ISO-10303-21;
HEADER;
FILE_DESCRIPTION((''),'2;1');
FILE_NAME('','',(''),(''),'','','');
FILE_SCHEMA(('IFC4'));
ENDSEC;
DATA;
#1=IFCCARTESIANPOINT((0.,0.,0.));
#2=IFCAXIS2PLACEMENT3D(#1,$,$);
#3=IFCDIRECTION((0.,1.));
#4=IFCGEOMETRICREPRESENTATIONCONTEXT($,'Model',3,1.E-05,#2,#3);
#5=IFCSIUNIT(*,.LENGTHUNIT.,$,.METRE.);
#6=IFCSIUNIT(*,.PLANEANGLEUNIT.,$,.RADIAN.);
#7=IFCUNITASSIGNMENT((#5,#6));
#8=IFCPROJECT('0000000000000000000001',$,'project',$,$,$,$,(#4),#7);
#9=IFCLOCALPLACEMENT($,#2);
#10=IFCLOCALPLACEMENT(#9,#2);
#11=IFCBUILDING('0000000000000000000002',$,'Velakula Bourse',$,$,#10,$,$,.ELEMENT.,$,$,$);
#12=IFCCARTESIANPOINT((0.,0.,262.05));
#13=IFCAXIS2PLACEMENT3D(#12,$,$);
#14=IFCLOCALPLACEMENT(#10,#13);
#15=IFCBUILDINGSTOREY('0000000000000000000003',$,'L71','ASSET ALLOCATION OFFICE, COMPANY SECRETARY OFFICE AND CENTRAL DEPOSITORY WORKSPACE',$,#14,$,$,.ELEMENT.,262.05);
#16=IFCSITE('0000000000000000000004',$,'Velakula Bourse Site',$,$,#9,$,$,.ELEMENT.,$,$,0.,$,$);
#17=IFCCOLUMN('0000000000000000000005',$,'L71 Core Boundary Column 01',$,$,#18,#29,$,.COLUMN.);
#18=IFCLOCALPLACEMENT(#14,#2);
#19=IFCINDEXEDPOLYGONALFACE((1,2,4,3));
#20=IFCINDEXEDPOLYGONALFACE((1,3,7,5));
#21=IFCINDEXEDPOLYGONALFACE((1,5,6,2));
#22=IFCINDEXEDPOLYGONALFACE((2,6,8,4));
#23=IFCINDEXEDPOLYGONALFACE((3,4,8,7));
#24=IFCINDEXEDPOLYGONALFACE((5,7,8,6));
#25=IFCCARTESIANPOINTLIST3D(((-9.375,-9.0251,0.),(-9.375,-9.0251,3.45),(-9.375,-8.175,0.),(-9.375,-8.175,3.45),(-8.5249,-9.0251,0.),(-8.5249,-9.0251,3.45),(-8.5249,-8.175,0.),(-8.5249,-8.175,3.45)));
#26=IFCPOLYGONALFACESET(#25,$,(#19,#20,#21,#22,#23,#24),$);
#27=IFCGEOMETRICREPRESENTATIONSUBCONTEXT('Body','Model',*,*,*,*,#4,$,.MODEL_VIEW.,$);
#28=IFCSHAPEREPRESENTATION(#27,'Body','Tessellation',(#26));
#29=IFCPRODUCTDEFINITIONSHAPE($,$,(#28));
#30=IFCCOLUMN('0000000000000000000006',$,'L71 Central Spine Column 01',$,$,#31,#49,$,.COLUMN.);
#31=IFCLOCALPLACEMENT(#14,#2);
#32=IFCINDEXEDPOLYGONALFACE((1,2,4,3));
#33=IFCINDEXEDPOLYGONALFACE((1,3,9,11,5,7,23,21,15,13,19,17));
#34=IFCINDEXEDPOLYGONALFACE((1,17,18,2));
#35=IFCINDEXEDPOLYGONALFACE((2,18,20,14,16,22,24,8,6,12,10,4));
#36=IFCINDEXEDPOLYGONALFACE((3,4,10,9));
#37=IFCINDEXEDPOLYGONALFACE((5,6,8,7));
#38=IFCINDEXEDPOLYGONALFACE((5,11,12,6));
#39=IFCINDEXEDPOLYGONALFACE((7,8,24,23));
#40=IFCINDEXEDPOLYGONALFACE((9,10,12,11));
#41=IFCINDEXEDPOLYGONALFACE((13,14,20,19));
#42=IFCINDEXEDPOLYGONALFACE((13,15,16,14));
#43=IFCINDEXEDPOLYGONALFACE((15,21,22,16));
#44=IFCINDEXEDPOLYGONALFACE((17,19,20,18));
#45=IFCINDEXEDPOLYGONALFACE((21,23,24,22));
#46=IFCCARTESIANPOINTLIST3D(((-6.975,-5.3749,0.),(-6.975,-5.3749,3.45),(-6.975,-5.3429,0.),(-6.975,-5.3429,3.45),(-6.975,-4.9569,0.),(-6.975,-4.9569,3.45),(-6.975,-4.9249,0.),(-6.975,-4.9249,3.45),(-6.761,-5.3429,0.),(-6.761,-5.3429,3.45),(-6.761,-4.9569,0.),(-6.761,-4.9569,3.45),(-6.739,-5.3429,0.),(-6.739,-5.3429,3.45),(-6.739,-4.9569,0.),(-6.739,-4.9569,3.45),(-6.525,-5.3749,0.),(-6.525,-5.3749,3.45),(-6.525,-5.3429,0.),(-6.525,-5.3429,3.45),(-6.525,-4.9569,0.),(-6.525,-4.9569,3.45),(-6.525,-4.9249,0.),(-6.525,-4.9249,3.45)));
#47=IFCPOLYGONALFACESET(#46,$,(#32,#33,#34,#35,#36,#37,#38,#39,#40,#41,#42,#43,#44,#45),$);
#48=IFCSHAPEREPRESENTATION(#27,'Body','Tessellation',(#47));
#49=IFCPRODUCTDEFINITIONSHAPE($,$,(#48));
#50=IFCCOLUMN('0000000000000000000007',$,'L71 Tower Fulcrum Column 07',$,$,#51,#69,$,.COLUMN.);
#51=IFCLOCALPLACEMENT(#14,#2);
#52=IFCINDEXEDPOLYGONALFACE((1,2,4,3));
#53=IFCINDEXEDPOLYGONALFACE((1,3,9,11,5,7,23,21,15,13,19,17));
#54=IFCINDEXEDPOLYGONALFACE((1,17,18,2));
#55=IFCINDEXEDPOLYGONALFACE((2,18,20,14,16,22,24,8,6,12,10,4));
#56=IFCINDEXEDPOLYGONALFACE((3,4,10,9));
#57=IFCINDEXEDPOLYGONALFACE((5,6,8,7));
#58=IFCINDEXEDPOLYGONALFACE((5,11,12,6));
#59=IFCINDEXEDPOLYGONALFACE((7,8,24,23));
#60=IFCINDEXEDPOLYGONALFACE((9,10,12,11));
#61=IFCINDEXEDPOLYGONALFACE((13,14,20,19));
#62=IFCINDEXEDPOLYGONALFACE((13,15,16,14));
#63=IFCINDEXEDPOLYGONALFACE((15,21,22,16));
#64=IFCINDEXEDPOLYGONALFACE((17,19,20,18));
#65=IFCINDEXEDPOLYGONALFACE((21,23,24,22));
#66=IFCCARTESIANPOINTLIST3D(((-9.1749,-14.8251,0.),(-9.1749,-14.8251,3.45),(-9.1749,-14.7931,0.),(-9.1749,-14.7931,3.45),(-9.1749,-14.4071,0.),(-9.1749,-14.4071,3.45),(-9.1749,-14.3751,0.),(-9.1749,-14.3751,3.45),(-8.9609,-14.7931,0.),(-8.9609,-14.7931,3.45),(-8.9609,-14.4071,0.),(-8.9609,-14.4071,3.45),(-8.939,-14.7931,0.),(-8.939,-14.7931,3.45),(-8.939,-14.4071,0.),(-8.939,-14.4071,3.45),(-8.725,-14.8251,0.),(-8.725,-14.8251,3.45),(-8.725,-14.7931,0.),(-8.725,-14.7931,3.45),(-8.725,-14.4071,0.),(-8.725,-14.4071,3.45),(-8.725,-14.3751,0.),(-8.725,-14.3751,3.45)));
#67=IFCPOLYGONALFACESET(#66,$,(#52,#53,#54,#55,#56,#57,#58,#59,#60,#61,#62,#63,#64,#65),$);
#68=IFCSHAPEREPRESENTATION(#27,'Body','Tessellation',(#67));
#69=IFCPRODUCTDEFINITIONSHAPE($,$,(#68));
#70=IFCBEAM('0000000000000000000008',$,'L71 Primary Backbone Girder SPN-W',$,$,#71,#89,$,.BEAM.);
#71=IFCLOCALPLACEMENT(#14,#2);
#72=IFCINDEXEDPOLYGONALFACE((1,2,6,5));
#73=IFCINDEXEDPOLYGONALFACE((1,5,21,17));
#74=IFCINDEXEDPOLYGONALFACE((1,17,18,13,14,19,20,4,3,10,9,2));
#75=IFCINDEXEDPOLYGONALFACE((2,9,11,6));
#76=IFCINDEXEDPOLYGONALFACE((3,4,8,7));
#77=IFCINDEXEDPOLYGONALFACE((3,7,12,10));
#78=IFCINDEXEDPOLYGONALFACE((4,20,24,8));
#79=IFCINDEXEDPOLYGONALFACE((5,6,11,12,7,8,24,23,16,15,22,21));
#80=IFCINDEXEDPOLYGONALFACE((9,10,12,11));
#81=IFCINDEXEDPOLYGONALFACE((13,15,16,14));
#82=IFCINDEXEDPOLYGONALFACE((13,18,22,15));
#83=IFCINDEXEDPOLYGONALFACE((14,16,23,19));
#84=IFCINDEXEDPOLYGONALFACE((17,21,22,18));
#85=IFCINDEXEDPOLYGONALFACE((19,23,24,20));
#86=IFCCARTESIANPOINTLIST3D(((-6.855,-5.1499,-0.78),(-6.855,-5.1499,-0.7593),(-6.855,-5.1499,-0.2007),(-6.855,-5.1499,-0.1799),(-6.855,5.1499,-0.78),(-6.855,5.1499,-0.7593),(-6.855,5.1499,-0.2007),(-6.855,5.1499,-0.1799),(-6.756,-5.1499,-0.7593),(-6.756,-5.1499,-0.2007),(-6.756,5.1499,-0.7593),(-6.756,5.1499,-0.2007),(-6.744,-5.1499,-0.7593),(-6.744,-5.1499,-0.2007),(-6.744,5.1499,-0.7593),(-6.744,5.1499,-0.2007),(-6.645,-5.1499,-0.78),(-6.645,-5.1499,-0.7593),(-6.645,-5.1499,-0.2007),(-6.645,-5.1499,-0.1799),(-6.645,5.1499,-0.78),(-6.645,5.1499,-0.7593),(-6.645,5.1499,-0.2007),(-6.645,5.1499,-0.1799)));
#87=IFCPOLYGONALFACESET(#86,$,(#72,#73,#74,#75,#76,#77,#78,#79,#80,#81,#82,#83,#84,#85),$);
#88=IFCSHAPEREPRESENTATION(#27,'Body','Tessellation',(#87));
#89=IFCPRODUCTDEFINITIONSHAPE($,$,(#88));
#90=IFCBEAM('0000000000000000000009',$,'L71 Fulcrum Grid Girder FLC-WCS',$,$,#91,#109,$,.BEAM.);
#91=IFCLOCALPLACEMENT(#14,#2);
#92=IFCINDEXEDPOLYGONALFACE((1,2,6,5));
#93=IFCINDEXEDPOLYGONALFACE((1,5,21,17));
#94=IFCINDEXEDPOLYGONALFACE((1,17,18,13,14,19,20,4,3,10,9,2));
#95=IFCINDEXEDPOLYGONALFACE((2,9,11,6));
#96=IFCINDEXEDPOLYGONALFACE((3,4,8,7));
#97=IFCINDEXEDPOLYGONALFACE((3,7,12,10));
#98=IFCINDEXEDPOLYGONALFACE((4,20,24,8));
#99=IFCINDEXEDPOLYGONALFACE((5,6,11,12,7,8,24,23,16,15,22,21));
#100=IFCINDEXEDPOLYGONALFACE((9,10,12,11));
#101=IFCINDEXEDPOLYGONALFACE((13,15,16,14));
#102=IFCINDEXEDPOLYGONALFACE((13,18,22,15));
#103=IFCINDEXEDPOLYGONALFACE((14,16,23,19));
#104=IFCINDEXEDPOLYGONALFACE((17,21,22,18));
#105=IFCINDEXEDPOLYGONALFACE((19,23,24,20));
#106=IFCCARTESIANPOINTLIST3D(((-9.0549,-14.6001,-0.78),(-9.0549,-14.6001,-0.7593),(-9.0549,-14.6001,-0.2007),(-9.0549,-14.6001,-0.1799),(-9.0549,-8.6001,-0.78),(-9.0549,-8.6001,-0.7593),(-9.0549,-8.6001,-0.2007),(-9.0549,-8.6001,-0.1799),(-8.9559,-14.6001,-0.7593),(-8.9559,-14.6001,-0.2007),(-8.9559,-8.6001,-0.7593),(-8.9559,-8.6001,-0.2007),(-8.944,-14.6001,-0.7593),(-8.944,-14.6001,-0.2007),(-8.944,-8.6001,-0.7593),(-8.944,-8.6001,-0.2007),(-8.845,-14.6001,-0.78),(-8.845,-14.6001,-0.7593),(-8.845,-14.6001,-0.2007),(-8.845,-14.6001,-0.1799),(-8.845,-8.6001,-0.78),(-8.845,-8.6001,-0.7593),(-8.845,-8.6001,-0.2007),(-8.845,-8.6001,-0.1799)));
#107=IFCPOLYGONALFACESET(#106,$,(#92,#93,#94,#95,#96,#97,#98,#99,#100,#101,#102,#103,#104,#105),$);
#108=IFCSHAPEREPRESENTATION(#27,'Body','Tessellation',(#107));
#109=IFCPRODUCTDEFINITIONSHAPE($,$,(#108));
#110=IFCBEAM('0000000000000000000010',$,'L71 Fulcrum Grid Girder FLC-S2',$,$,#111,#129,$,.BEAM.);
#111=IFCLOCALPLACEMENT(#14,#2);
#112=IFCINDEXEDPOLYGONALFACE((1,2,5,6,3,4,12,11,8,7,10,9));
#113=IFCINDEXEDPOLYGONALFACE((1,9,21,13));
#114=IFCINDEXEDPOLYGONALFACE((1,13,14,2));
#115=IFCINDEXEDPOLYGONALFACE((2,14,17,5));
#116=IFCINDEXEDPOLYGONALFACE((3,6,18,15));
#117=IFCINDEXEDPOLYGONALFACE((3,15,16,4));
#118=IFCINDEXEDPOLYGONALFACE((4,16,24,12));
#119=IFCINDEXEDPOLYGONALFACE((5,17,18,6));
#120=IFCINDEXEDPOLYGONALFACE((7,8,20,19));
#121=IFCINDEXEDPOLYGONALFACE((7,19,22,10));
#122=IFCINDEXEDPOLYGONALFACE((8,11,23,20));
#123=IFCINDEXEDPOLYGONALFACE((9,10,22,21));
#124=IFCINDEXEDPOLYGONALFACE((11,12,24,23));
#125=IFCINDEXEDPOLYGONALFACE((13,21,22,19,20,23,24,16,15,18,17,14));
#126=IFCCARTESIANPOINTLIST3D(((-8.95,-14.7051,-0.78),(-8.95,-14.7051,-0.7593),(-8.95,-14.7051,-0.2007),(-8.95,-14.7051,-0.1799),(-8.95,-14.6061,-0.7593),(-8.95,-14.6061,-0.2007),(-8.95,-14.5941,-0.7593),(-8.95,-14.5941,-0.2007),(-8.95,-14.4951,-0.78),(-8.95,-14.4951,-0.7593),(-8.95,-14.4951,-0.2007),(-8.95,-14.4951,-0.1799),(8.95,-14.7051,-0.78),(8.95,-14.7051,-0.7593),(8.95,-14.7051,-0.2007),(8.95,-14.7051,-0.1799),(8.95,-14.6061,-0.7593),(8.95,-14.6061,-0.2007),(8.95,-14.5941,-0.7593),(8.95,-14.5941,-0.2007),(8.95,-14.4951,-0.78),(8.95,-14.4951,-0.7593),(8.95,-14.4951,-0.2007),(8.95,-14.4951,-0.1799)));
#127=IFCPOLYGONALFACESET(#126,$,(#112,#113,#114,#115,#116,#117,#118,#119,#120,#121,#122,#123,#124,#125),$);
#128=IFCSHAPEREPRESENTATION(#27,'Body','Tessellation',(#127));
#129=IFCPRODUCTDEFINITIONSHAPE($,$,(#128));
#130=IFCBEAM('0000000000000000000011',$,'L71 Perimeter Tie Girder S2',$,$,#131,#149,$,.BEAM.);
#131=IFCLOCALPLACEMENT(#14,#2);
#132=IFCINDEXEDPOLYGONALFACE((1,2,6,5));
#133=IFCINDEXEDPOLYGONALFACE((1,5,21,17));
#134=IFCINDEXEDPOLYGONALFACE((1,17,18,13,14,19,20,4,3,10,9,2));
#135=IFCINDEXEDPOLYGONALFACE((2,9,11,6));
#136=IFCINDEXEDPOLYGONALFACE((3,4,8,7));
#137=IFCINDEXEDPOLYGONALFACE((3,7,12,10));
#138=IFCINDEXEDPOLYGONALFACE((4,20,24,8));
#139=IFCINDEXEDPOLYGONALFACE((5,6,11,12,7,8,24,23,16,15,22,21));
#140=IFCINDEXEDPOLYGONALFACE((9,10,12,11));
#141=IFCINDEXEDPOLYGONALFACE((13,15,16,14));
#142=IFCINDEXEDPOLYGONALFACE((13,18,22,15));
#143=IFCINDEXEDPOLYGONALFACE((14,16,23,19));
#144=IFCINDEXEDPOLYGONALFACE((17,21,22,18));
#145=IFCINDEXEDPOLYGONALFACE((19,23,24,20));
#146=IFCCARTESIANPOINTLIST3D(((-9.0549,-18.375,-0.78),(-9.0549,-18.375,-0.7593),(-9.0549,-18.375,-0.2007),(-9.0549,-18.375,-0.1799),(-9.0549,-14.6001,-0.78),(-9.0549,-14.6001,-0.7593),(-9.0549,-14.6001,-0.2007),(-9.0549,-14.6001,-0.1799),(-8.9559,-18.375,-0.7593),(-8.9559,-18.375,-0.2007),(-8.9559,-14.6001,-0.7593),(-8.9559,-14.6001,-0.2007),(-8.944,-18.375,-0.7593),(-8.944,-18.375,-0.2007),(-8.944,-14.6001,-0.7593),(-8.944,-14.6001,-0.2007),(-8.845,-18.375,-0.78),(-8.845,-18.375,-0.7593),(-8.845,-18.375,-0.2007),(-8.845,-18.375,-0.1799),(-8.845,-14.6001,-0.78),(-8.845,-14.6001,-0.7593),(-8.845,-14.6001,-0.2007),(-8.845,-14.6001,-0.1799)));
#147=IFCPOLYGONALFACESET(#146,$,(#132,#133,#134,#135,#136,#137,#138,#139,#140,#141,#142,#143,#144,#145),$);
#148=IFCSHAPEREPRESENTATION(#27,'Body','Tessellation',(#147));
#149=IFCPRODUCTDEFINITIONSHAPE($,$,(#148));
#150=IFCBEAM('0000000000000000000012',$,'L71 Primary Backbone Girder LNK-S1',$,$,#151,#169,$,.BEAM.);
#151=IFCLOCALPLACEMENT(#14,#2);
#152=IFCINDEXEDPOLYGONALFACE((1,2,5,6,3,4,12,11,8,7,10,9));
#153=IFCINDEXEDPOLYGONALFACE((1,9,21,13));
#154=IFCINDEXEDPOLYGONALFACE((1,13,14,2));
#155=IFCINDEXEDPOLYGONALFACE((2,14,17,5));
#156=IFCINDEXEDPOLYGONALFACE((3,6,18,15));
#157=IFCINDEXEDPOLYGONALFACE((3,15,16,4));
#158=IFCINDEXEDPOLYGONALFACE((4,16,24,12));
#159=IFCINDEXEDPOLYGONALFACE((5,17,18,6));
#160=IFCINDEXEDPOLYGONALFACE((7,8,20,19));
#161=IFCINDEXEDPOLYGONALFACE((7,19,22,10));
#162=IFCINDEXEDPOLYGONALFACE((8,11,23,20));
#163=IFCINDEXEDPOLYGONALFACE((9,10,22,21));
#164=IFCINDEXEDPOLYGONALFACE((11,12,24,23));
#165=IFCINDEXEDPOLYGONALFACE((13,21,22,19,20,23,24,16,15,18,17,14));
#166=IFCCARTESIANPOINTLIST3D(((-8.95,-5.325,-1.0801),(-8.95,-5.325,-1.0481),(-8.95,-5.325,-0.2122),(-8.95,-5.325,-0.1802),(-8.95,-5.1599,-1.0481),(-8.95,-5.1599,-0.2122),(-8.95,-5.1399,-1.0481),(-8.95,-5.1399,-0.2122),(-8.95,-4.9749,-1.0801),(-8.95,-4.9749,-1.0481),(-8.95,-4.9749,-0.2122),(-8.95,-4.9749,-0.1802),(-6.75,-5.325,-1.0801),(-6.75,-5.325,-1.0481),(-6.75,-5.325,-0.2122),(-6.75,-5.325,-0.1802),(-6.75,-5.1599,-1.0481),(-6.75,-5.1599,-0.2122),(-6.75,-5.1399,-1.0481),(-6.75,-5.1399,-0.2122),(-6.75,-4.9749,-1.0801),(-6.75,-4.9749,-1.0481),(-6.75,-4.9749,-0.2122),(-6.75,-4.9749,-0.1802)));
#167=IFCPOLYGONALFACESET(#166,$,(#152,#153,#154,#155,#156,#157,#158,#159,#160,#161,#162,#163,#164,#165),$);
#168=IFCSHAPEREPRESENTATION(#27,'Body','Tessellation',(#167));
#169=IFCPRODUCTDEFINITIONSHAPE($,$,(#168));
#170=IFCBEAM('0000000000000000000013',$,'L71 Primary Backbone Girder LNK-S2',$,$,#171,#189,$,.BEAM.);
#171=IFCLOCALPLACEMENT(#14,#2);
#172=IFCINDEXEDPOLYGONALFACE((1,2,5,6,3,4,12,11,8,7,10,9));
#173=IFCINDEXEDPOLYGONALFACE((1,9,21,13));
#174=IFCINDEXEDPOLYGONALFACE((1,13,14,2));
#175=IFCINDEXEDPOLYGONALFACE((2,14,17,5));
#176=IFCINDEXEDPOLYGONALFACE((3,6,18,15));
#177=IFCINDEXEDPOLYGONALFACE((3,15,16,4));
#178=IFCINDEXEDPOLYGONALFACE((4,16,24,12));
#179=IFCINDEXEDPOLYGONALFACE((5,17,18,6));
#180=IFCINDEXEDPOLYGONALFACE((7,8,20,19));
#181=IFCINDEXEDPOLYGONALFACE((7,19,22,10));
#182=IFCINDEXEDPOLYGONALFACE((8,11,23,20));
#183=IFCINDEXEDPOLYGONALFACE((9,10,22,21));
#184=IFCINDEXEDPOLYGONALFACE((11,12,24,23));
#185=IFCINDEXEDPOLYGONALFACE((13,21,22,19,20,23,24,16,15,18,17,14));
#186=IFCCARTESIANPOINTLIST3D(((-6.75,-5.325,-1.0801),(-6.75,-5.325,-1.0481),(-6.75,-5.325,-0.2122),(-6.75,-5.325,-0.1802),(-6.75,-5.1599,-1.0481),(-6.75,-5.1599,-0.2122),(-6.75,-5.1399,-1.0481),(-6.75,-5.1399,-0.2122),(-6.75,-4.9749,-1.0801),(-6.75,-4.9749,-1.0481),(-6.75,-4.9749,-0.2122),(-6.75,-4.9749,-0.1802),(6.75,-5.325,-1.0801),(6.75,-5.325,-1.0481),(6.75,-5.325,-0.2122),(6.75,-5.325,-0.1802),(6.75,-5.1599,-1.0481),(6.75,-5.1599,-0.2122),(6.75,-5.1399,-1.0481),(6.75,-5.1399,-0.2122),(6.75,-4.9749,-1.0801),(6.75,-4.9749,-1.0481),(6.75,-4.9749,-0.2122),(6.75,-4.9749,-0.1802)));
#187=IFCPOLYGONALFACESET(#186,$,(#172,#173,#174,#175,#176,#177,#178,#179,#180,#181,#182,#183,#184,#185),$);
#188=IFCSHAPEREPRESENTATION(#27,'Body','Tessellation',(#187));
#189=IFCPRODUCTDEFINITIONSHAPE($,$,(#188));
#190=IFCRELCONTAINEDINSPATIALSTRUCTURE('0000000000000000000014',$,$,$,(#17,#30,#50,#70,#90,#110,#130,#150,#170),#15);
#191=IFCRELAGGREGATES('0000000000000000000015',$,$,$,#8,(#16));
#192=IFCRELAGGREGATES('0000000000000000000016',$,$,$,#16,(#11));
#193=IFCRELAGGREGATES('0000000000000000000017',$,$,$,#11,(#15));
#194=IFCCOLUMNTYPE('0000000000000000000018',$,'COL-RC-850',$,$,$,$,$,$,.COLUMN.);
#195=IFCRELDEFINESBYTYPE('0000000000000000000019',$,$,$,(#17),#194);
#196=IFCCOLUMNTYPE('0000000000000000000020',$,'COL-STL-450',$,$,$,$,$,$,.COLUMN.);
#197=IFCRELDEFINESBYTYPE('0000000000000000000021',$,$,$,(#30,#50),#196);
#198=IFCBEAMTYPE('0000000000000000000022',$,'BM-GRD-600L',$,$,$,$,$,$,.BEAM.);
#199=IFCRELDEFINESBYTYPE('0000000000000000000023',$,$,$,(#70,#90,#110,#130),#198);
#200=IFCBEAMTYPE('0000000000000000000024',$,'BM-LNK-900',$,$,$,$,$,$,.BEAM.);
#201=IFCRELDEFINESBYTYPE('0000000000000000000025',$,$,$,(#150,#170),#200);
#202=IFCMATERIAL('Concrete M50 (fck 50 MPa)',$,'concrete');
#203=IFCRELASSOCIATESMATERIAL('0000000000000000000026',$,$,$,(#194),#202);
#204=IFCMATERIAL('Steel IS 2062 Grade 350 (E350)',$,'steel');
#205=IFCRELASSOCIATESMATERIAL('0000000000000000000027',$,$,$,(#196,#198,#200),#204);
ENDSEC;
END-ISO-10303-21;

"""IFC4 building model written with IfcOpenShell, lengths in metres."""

from ifc_helpers import new_model, si_unit, direction, frame, origin, origin_2d, place, context, subcontext, project, spatial, rectangle, i_section, extrude, material, material_profile, profile_set, type_object, element, save


model = new_model("IFC4")

# Units and contexts
model_context = context("Model", 3, precision=1e-05, world=origin(), true_north=direction((0.0, 1.0)))
body_context = subcontext(model_context, "Body", "Model", "MODEL_VIEW")
ifc_project = project(units=[si_unit("LENGTHUNIT", "METRE"), si_unit("PLANEANGLEUNIT", "RADIAN")], contexts=[model_context])

# Site, building, storey
site_placement = place(None, origin())
site = spatial("IfcSite", under=ifc_project, at=site_placement, Name="Velakula Bourse Site", CompositionType="ELEMENT", RefElevation=0.0)
building_placement = place(site_placement, origin())
building = spatial("IfcBuilding", under=site, at=building_placement, Name="Velakula Bourse", CompositionType="ELEMENT")
storey_placement = place(building_placement, frame((0.0, 0.0, 262.05)))
storey = spatial("IfcBuildingStorey", under=building, at=storey_placement, Name="L71", Description="ASSET ALLOCATION OFFICE, COMPANY SECRETARY OFFICE AND CENTRAL DEPOSITORY WORKSPACE", CompositionType="ELEMENT", Elevation=262.05)

# Columns
ifc_material_1 = material(Name="Concrete M50 (fck 50 MPa)", Category="concrete")
ifc_material_profile_1 = material_profile(ifc_material_1, rectangle(XDim=0.8501, YDim=0.8501, at=origin_2d()), Name="Concrete M50 (fck 50 MPa)")
ifc_profile_set_1 = profile_set([ifc_material_profile_1], Name="Concrete M50 (fck 50 MPa)")
column_type_1 = type_object("IfcColumnType", Name="COL-RC-850", PredefinedType="COLUMN", material=ifc_profile_set_1)
column_placement = place(storey_placement, frame((-8.95, -8.6001, 0.0), z_axis=(0.0, 0.0, 1.0), x_axis=(1.0, 0.0, 0.0)))
element("IfcColumn", 1, at=column_placement, inside=storey, type_object=column_type_1, Name="L71 Core Boundary Column 01", PredefinedType="COLUMN", context=body_context, shape_type="SweptSolid", body=[
    extrude(rectangle(XDim=0.8501, YDim=0.8501, at=origin_2d()), origin(), (0.0, 0.0, 1.0), 3.45),
])
ifc_material_2 = material(Name="Steel IS 2062 Grade 350 (E350)", Category="steel")
ifc_material_profile_2 = material_profile(ifc_material_2, i_section(OverallWidth=0.45, OverallDepth=0.45, WebThickness=0.022, FlangeThickness=0.032, at=origin_2d()), Name="Steel IS 2062 Grade 350 (E350)")
ifc_profile_set_2 = profile_set([ifc_material_profile_2], Name="Steel IS 2062 Grade 350 (E350)")
column_type_2 = type_object("IfcColumnType", Name="COL-STL-450", PredefinedType="COLUMN", material=ifc_profile_set_2)
for number, where, z_axis, x_axis, name in (
    (2, (-6.75, -5.1499, 0.0), (0.0, 0.0, 1.0), (1.0, 0.0, 0.0), "L71 Central Spine Column 01"),
    (3, (-8.95, -14.6001, 0.0), (0.0, 0.0, 1.0), (1.0, 0.0, 0.0), "L71 Tower Fulcrum Column 07"),
):
    element("IfcColumn", number, at=place(storey_placement, frame(where, z_axis=z_axis, x_axis=x_axis)), inside=storey, type_object=column_type_2, Name=name, PredefinedType="COLUMN", context=body_context, shape_type="SweptSolid", body=[
        extrude(i_section(OverallWidth=0.45, OverallDepth=0.45, WebThickness=0.022, FlangeThickness=0.032, at=origin_2d()), origin(), (0.0, 0.0, 1.0), 3.45),
    ])

# Beams
ifc_material_profile_3 = material_profile(ifc_material_2, i_section(OverallWidth=0.21, OverallDepth=0.6001, WebThickness=0.012, FlangeThickness=0.0208, at=origin_2d()), Name="Steel IS 2062 Grade 350 (E350)")
ifc_profile_set_3 = profile_set([ifc_material_profile_3], Name="Steel IS 2062 Grade 350 (E350)")
beam_type_1 = type_object("IfcBeamType", Name="BM-GRD-600L", PredefinedType="BEAM", material=ifc_profile_set_3)
beam_1_placement = place(storey_placement, frame((-6.75, -5.1499, -0.48), z_axis=(0.0, 1.0, 0.0), x_axis=(-1.0, 0.0, 0.0)))
element("IfcBeam", 4, at=beam_1_placement, inside=storey, type_object=beam_type_1, Name="L71 Primary Backbone Girder SPN-W", PredefinedType="BEAM", context=body_context, shape_type="SweptSolid", body=[
    extrude(i_section(OverallWidth=0.21, OverallDepth=0.6001, WebThickness=0.012, FlangeThickness=0.0208, at=origin_2d()), origin(), (0.0, 0.0, 1.0), 10.2998),
])
beam_2_placement = place(storey_placement, frame((-8.95, -14.6001, -0.48), z_axis=(0.0, 1.0, 0.0), x_axis=(-1.0, 0.0, 0.0)))
element("IfcBeam", 5, at=beam_2_placement, inside=storey, type_object=beam_type_1, Name="L71 Fulcrum Grid Girder FLC-WCS", PredefinedType="BEAM", context=body_context, shape_type="SweptSolid", body=[
    extrude(i_section(OverallWidth=0.21, OverallDepth=0.6001, WebThickness=0.012, FlangeThickness=0.0208, at=origin_2d()), origin(), (0.0, 0.0, 1.0), 6.0),
])
beam_3_placement = place(storey_placement, frame((-8.95, -14.6001, -0.48), z_axis=(1.0, 0.0, 0.0), x_axis=(0.0, 1.0, 0.0)))
element("IfcBeam", 6, at=beam_3_placement, inside=storey, type_object=beam_type_1, Name="L71 Fulcrum Grid Girder FLC-S2", PredefinedType="BEAM", context=body_context, shape_type="SweptSolid", body=[
    extrude(i_section(OverallWidth=0.21, OverallDepth=0.6001, WebThickness=0.012, FlangeThickness=0.0208, at=origin_2d()), origin(), (0.0, 0.0, 1.0), 17.8999),
])
beam_4_placement = place(storey_placement, frame((-8.95, -14.6001, -0.48), z_axis=(0.0, -1.0, 0.0), x_axis=(1.0, 0.0, 0.0)))
element("IfcBeam", 7, at=beam_4_placement, inside=storey, type_object=beam_type_1, Name="L71 Perimeter Tie Girder S2", PredefinedType="BEAM", context=body_context, shape_type="SweptSolid", body=[
    extrude(i_section(OverallWidth=0.21, OverallDepth=0.6001, WebThickness=0.012, FlangeThickness=0.0208, at=origin_2d()), origin(), (0.0, 0.0, 1.0), 3.7749),
])
ifc_material_profile_4 = material_profile(ifc_material_2, i_section(OverallWidth=0.3501, OverallDepth=0.8999, WebThickness=0.02, FlangeThickness=0.032, at=origin_2d()), Name="Steel IS 2062 Grade 350 (E350)")
ifc_profile_set_4 = profile_set([ifc_material_profile_4], Name="Steel IS 2062 Grade 350 (E350)")
beam_type_2 = type_object("IfcBeamType", Name="BM-LNK-900", PredefinedType="BEAM", material=ifc_profile_set_4)
beam_5_placement = place(storey_placement, frame((-8.95, -5.1499, -0.6301), z_axis=(1.0, 0.0, 0.0), x_axis=(0.0, 1.0, 0.0)))
element("IfcBeam", 8, at=beam_5_placement, inside=storey, type_object=beam_type_2, Name="L71 Primary Backbone Girder LNK-S1", PredefinedType="BEAM", context=body_context, shape_type="SweptSolid", body=[
    extrude(i_section(OverallWidth=0.3501, OverallDepth=0.8999, WebThickness=0.02, FlangeThickness=0.032, at=origin_2d()), origin(), (0.0, 0.0, 1.0), 2.2),
])
beam_6_placement = place(storey_placement, frame((-6.75, -5.1499, -0.6301), z_axis=(1.0, 0.0, 0.0), x_axis=(0.0, 1.0, 0.0)))
element("IfcBeam", 9, at=beam_6_placement, inside=storey, type_object=beam_type_2, Name="L71 Primary Backbone Girder LNK-S2", PredefinedType="BEAM", context=body_context, shape_type="SweptSolid", body=[
    extrude(i_section(OverallWidth=0.3501, OverallDepth=0.8999, WebThickness=0.02, FlangeThickness=0.032, at=origin_2d()), origin(), (0.0, 0.0, 1.0), 13.5),
])

save(model, "model.ifc")
